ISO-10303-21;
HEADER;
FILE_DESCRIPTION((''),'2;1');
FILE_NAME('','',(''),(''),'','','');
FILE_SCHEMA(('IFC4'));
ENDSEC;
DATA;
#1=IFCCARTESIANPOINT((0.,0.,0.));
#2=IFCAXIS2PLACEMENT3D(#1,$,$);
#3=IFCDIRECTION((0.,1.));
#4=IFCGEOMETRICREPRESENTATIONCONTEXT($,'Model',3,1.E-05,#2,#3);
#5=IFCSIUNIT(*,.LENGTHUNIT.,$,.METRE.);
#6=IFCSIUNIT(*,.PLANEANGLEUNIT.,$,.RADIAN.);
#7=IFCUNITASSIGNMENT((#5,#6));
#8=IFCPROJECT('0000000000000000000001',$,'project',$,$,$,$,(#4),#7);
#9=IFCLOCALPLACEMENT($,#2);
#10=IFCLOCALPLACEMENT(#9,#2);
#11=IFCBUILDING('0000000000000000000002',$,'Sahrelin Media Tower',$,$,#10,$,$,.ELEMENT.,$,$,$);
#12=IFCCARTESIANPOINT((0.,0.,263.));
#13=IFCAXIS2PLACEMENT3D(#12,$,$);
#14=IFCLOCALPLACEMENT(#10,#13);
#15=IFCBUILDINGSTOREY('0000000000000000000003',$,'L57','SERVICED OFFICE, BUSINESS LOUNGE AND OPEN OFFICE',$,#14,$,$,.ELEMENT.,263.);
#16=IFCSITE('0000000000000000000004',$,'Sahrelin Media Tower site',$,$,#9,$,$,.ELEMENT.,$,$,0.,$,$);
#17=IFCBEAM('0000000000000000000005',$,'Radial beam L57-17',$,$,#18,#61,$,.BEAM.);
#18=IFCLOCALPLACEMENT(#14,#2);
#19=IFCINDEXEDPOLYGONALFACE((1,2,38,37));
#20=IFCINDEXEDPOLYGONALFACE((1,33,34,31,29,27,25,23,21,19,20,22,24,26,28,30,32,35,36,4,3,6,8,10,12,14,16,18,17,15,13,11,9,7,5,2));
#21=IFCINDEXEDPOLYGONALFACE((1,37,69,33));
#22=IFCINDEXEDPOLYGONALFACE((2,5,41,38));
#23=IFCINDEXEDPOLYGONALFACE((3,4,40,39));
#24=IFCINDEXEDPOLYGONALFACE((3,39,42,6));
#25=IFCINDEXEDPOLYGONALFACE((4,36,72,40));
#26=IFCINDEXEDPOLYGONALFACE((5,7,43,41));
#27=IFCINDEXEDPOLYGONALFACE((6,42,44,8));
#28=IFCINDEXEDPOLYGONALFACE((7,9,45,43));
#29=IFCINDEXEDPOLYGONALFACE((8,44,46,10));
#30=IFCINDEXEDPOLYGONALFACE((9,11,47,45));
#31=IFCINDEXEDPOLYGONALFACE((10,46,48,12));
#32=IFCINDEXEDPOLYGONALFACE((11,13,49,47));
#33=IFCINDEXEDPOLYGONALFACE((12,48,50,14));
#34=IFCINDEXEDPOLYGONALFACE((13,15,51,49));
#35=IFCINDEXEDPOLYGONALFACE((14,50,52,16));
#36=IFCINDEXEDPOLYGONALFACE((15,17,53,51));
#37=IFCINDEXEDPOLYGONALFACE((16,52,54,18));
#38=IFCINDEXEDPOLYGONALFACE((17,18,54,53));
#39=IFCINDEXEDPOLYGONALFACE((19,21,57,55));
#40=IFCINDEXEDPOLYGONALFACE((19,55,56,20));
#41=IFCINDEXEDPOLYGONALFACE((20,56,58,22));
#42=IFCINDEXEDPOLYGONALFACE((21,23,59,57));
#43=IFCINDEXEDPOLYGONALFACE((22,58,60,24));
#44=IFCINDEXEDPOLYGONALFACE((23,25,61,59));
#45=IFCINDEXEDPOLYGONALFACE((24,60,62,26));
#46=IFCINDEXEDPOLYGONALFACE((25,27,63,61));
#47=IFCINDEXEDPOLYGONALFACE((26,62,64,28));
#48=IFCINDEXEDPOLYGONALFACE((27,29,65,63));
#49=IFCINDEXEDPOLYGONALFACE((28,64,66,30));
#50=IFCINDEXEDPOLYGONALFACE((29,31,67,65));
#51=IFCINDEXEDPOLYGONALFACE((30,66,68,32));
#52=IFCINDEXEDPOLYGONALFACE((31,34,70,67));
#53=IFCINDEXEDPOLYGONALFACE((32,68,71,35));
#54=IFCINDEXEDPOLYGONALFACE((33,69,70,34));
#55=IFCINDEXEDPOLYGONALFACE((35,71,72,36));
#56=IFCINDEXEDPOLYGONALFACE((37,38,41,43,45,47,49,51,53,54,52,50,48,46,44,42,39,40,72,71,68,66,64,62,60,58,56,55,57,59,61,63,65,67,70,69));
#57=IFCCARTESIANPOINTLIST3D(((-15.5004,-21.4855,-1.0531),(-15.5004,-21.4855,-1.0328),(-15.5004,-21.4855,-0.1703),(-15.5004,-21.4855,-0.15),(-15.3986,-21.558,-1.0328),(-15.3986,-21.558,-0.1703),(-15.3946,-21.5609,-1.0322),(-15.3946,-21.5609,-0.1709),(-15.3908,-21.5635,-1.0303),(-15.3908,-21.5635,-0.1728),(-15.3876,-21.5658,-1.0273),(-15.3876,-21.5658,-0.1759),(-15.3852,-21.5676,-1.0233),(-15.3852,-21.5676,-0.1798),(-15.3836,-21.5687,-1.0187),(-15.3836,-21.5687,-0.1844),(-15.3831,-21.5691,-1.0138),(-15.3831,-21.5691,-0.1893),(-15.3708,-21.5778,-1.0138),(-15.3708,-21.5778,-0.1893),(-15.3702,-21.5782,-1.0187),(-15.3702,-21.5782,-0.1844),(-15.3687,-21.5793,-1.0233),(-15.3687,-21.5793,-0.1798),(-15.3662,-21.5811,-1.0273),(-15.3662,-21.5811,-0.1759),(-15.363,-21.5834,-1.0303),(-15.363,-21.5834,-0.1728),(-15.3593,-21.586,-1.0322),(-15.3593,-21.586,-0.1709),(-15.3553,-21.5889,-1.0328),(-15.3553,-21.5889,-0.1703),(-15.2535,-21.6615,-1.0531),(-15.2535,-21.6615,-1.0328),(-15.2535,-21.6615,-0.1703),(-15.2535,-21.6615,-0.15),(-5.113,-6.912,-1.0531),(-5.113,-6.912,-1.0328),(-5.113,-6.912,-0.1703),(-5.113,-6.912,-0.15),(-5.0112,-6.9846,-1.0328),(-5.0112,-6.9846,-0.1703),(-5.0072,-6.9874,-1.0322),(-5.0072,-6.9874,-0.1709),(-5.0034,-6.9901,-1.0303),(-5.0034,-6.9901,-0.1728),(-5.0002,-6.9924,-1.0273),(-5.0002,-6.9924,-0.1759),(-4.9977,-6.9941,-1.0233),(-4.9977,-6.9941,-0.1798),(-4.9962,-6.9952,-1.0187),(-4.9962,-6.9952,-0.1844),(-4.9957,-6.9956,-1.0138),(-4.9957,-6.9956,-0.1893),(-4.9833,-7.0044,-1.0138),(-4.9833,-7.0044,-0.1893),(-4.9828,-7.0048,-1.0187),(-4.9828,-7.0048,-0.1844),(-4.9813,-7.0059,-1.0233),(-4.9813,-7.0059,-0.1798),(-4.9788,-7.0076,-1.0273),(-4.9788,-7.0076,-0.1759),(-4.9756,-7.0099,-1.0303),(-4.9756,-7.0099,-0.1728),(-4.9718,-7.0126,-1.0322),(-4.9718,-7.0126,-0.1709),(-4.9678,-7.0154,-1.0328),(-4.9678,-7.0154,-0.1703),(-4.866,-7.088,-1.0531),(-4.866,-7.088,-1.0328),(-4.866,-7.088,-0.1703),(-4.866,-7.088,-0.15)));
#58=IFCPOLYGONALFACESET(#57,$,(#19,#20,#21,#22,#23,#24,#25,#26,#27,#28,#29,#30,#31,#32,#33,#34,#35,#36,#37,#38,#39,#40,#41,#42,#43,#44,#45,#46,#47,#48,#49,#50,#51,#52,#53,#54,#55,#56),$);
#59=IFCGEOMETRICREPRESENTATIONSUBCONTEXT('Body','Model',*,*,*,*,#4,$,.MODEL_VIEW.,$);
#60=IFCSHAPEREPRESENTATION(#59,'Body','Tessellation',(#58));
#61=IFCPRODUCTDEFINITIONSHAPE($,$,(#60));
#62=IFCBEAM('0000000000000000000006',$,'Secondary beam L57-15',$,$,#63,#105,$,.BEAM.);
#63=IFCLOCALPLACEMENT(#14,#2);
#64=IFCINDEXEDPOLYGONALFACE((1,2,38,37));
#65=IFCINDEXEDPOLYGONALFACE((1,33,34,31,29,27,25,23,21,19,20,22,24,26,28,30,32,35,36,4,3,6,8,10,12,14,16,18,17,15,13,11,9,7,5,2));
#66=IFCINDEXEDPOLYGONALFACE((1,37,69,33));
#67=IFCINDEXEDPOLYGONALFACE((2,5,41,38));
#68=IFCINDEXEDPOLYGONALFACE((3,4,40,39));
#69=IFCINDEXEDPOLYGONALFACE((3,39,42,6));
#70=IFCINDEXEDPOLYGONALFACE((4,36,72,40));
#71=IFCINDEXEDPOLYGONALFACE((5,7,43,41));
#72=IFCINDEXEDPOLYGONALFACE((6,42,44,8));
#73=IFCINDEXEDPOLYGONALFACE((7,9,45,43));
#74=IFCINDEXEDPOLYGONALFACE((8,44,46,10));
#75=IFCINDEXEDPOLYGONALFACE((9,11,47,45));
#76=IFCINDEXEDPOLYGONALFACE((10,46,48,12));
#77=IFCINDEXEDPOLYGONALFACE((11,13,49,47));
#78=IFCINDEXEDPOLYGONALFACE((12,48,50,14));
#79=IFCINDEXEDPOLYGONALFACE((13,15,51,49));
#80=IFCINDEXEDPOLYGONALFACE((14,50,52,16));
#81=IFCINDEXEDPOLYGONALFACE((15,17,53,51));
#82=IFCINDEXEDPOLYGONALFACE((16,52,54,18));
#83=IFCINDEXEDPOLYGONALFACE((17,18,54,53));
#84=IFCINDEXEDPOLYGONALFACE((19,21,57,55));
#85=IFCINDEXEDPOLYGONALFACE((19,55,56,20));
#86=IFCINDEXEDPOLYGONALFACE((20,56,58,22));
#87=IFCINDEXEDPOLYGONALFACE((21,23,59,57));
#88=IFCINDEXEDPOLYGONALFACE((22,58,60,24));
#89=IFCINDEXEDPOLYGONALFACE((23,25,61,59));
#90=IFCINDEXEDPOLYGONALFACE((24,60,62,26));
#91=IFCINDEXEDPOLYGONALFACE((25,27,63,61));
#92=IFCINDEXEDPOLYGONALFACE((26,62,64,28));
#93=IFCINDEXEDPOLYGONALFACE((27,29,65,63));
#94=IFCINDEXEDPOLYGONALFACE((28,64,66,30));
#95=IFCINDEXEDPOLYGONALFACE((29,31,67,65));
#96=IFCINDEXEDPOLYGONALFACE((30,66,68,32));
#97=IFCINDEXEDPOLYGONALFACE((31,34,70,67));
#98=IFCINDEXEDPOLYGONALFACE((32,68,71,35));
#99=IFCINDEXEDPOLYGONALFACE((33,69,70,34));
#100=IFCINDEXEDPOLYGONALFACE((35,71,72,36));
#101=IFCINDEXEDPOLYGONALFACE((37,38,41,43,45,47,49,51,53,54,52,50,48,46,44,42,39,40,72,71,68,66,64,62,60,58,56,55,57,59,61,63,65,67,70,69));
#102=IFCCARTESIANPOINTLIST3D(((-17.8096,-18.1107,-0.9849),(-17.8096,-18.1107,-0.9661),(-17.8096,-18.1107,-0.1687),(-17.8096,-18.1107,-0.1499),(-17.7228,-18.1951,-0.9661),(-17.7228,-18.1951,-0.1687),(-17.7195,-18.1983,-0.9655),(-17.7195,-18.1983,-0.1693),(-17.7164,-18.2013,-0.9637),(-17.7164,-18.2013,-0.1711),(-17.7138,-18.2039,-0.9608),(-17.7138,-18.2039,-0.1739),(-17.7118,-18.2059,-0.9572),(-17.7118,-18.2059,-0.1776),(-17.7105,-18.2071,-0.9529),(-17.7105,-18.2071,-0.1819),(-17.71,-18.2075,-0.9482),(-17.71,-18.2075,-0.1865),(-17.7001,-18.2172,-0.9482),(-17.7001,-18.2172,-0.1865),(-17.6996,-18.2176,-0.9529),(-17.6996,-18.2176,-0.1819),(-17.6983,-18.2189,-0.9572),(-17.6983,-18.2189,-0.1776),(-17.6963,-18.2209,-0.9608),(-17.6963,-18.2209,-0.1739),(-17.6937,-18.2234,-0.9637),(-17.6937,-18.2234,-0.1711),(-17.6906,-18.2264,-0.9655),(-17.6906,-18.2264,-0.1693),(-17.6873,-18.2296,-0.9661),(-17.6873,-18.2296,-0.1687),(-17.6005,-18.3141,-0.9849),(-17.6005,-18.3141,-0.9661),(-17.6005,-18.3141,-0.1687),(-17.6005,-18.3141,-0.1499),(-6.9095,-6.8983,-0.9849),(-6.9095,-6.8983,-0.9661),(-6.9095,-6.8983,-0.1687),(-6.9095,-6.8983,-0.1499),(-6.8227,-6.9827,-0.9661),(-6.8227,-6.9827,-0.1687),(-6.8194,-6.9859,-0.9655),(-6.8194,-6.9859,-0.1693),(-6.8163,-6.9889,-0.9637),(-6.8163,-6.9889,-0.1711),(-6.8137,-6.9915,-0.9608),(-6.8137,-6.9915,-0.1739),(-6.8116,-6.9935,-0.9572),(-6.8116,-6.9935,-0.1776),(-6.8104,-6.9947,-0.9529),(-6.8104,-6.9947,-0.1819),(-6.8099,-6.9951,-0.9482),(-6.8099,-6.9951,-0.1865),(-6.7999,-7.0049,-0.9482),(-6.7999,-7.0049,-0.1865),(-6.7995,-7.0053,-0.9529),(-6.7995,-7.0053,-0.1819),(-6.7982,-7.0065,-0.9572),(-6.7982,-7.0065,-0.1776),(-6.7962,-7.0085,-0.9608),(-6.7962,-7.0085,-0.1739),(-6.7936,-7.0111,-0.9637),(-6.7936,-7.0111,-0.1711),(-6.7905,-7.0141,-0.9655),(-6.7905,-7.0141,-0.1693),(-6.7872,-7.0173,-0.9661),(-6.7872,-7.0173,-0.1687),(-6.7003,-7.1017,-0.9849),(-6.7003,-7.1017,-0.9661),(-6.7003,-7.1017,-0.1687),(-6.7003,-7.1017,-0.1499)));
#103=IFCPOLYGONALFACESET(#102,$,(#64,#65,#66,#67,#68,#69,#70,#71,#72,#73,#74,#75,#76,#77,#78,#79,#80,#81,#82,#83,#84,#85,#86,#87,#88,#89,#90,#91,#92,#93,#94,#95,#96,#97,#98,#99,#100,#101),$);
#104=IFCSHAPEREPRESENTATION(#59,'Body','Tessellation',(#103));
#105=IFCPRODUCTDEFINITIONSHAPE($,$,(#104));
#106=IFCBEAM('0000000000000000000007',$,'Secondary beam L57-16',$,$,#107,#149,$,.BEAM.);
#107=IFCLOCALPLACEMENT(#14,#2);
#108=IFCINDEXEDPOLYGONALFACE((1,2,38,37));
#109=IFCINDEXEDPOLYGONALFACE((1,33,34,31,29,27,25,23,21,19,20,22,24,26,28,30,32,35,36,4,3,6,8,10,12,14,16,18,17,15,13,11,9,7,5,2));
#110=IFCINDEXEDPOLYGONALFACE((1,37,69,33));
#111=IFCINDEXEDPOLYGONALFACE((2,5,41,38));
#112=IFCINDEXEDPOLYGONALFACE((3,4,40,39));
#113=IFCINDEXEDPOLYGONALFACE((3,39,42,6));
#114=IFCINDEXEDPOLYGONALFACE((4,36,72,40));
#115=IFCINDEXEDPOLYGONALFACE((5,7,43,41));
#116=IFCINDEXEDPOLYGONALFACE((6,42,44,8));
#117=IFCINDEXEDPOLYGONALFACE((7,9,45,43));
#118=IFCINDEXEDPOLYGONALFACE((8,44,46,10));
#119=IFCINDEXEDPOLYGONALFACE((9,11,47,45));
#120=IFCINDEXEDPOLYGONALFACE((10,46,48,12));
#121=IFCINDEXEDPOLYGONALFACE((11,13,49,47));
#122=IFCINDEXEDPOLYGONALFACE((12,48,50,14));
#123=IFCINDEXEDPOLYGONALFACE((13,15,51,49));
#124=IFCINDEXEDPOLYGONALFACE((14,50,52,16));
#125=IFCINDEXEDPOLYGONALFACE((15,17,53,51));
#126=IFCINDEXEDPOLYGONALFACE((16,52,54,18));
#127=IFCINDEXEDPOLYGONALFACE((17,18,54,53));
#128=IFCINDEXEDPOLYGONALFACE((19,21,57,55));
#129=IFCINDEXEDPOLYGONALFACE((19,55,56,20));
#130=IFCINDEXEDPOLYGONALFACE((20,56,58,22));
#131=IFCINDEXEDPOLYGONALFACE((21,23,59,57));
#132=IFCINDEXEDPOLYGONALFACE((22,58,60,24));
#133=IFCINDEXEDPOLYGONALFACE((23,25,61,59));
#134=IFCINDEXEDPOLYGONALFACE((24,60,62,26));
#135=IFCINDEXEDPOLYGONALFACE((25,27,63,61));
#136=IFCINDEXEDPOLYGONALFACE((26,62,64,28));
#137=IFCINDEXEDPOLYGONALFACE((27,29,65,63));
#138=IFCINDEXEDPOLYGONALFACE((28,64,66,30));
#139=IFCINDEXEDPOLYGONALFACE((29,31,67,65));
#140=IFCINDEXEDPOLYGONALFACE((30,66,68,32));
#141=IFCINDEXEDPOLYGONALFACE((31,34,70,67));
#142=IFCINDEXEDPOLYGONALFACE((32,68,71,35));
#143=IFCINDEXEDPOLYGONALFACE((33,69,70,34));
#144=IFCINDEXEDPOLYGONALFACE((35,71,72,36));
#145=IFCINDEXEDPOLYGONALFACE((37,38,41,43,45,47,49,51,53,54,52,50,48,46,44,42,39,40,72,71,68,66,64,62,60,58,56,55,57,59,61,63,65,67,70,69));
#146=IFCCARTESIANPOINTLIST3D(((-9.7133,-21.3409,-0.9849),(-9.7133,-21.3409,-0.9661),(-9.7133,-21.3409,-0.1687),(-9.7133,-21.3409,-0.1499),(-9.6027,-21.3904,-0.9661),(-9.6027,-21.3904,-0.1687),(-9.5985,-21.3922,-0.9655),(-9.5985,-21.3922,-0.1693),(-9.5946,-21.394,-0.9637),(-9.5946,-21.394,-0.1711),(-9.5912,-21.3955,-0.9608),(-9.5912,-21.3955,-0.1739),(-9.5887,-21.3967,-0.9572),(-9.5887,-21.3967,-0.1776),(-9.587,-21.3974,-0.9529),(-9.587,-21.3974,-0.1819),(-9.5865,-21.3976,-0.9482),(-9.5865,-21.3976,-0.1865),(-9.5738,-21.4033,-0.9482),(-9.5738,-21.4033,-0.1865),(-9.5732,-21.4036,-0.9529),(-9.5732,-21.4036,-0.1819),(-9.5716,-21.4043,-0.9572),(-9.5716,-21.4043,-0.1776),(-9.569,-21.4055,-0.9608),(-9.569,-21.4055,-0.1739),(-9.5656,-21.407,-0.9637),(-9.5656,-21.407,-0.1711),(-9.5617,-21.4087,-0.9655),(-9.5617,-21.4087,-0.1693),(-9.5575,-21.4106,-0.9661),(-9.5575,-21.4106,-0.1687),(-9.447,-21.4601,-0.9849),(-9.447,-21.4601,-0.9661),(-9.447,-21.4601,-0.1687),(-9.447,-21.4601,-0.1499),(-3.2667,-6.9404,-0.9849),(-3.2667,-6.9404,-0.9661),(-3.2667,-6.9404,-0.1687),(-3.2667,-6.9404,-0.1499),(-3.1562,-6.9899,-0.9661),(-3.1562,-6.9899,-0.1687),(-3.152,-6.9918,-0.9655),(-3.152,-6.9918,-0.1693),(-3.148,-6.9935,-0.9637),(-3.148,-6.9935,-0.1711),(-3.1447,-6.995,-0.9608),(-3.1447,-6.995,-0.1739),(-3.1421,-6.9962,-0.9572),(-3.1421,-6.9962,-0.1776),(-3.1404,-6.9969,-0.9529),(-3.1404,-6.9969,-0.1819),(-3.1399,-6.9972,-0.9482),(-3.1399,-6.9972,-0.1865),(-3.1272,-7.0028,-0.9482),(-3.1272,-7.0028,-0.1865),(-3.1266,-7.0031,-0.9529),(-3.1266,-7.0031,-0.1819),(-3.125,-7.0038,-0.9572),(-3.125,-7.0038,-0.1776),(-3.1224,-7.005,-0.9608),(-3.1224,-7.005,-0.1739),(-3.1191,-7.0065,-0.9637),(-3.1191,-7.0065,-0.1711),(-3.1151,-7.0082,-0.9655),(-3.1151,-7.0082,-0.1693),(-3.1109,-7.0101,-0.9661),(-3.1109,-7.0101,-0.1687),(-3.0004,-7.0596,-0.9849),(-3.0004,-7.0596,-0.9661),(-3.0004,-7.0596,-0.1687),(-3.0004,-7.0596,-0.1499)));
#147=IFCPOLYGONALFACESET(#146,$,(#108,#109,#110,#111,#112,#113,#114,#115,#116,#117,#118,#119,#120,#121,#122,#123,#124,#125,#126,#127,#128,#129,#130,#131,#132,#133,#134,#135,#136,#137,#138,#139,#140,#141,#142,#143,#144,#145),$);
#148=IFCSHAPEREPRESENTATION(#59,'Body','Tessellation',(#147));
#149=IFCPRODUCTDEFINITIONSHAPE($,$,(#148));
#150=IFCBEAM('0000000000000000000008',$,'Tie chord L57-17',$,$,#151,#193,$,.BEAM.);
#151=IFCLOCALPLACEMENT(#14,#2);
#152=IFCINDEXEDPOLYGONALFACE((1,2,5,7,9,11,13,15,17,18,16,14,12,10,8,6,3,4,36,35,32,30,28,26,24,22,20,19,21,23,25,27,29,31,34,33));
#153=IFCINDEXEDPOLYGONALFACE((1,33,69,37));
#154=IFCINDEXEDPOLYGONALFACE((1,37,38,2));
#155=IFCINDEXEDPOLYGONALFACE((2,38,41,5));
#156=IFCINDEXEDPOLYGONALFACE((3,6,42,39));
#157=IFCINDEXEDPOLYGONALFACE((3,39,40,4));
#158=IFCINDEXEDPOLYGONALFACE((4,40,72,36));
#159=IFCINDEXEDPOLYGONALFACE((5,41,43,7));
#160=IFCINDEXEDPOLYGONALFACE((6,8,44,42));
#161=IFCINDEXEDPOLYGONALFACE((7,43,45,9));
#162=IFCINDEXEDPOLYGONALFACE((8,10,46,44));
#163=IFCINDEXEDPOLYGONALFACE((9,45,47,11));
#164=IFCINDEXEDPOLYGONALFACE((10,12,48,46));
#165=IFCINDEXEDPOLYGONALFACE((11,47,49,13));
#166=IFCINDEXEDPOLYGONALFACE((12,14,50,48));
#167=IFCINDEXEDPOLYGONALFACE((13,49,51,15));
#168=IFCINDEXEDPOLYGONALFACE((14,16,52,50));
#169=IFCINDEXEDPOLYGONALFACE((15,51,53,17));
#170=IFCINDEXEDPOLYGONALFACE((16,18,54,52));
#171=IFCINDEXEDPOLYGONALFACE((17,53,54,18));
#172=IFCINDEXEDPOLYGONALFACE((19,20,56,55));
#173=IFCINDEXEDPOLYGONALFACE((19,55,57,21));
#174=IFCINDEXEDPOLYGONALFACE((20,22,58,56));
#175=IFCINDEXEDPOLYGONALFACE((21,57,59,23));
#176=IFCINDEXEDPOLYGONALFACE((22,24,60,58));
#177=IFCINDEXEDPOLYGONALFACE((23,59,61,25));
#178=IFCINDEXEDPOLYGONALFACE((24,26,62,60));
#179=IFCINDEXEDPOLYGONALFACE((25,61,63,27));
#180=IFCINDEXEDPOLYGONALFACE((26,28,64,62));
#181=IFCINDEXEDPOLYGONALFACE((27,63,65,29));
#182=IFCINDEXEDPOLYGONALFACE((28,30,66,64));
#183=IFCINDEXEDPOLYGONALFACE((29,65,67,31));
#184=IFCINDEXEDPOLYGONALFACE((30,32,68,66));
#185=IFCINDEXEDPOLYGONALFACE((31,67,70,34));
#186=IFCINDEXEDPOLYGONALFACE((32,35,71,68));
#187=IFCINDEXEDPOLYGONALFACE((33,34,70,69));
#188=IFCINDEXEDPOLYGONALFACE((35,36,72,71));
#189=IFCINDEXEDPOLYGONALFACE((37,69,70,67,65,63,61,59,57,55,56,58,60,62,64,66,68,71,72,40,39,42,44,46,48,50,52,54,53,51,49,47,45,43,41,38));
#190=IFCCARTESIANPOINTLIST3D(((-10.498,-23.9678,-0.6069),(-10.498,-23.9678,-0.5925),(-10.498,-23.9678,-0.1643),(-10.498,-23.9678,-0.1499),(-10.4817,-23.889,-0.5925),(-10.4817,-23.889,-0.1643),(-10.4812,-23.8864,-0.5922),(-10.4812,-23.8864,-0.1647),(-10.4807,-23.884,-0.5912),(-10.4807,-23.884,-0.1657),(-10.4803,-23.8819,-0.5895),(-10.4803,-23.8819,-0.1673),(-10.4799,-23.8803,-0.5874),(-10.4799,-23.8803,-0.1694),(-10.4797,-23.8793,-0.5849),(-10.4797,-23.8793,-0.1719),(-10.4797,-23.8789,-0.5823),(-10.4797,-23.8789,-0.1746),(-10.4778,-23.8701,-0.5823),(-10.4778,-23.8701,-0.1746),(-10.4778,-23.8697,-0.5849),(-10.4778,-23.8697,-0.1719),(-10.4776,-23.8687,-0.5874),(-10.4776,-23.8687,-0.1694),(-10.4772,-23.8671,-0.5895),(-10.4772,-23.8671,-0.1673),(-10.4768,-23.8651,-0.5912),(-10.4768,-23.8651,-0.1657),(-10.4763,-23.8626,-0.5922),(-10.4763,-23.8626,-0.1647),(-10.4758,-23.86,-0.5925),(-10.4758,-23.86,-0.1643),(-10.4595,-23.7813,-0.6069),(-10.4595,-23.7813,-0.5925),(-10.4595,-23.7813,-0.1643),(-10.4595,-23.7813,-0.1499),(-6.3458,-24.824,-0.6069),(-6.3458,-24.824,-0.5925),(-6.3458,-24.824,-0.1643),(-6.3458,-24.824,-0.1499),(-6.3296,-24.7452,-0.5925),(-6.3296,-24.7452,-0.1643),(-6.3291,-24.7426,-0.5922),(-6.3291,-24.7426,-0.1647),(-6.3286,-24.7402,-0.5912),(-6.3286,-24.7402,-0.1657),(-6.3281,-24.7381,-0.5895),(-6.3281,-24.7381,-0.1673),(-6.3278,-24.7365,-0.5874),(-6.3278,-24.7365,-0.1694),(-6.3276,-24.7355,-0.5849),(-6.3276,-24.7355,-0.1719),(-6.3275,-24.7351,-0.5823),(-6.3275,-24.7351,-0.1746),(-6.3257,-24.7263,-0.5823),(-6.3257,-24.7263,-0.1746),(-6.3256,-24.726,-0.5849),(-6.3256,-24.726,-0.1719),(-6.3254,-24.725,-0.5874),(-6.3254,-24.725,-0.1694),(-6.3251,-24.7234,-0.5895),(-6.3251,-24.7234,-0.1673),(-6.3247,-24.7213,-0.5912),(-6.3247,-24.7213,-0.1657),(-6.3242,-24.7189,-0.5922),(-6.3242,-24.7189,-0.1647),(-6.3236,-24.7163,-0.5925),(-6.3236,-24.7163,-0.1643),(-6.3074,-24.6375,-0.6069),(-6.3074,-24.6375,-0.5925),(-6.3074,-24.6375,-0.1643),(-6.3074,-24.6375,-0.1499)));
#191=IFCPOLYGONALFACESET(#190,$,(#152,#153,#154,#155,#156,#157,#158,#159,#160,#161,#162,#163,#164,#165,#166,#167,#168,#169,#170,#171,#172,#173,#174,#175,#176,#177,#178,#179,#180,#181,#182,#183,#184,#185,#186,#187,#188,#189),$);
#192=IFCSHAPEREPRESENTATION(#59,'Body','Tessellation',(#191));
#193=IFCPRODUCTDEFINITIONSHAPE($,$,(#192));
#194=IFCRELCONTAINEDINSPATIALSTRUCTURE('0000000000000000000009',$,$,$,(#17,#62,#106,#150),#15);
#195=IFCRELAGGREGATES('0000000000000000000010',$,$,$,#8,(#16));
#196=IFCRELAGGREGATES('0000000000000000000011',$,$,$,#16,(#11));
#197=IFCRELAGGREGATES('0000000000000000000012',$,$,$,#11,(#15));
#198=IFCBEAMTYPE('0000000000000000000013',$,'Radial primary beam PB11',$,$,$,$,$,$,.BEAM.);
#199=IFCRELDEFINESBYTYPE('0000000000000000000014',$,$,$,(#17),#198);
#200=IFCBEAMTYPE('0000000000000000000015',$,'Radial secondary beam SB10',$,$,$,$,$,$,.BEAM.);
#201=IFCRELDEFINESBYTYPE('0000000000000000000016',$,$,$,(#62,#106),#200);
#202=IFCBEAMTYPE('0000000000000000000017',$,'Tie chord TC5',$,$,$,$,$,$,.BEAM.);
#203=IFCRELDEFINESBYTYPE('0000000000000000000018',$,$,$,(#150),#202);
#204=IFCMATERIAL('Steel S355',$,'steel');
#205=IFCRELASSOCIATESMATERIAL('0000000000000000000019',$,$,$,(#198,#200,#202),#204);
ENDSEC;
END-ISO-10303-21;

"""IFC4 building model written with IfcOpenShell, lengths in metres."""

from ifc_helpers import new_model, si_unit, direction, frame, origin, origin_2d, place, context, subcontext, project, spatial, i_section, extrude, material, material_profile, profile_set, type_object, element, save


model = new_model("IFC4")

# Units and contexts
model_context = context("Model", 3, precision=1e-05, world=origin(), true_north=direction((0.0, 1.0)))
body_context = subcontext(model_context, "Body", "Model", "MODEL_VIEW")
ifc_project = project(units=[si_unit("LENGTHUNIT", "METRE"), si_unit("PLANEANGLEUNIT", "RADIAN")], contexts=[model_context])

# Site, building, storey
site_placement = place(None, origin())
site = spatial("IfcSite", under=ifc_project, at=site_placement, Name="Sahrelin Media Tower site", CompositionType="ELEMENT", RefElevation=0.0)
building_placement = place(site_placement, origin())
building = spatial("IfcBuilding", under=site, at=building_placement, Name="Sahrelin Media Tower", CompositionType="ELEMENT")
storey_placement = place(building_placement, frame((0.0, 0.0, 263.0)))
storey = spatial("IfcBuildingStorey", under=building, at=storey_placement, Name="L57", Description="SERVICED OFFICE, BUSINESS LOUNGE AND OPEN OFFICE", CompositionType="ELEMENT", Elevation=263.0)

# Shared definitions
ifc_material_1 = material(Name="Steel S355", Category="steel")

# Beams
ifc_material_profile_1 = material_profile(ifc_material_1, i_section(OverallWidth=0.3032, OverallDepth=0.9031, WebThickness=0.0151, FlangeThickness=0.0203, FilletRadius=0.019, at=origin_2d()), Name="UB 914x305x201")
ifc_profile_set_1 = profile_set([ifc_material_profile_1], Name="Steel S355")
beam_type_1 = type_object("IfcBeamType", Name="Radial primary beam PB11", PredefinedType="BEAM", material=ifc_profile_set_1)
beam_1_placement = place(storey_placement, frame((-4.9895, -7.0, -0.6016), z_axis=(-0.580417, -0.814319, 0.0), x_axis=(0.814319, -0.580417, 0.0)))
element("IfcBeam", 1, at=beam_1_placement, inside=storey, type_object=beam_type_1, Name="Radial beam L57-17", PredefinedType="BEAM", context=body_context, shape_type="SweptSolid", body=[
    extrude(i_section(OverallWidth=0.3032, OverallDepth=0.9031, WebThickness=0.0151, FlangeThickness=0.0203, FilletRadius=0.019, at=origin_2d()), origin(), (0.0, 0.0, 1.0), 17.8965),
])
ifc_material_profile_2 = material_profile(ifc_material_1, i_section(OverallWidth=0.2917, OverallDepth=0.835, WebThickness=0.0139, FlangeThickness=0.0188, FilletRadius=0.0178, at=origin_2d()), Name="UB 838x292x176")
ifc_profile_set_2 = profile_set([ifc_material_profile_2], Name="Steel S355")
beam_type_2 = type_object("IfcBeamType", Name="Radial secondary beam SB10", PredefinedType="BEAM", material=ifc_profile_set_2)
beam_2_placement = place(storey_placement, frame((-6.8049, -7.0, -0.5674), z_axis=(-0.697052, -0.71702, 0.0), x_axis=(0.71702, -0.697052, 0.0)))
element("IfcBeam", 2, at=beam_2_placement, inside=storey, type_object=beam_type_2, Name="Secondary beam L57-15", PredefinedType="BEAM", context=body_context, shape_type="SweptSolid", body=[
    extrude(i_section(OverallWidth=0.2917, OverallDepth=0.835, WebThickness=0.0139, FlangeThickness=0.0188, FilletRadius=0.0178, at=origin_2d()), origin(), (0.0, 0.0, 1.0), 15.6375),
])
beam_3_placement = place(storey_placement, frame((-3.1335, -7.0, -0.5674), z_axis=(-0.408591, -0.912718, 0.0), x_axis=(0.912718, -0.408591, 0.0)))
element("IfcBeam", 3, at=beam_3_placement, inside=storey, type_object=beam_type_2, Name="Secondary beam L57-16", PredefinedType="BEAM", context=body_context, shape_type="SweptSolid", body=[
    extrude(i_section(OverallWidth=0.2917, OverallDepth=0.835, WebThickness=0.0139, FlangeThickness=0.0188, FilletRadius=0.0178, at=origin_2d()), origin(), (0.0, 0.0, 1.0), 15.7776),
])
ifc_material_profile_3 = material_profile(ifc_material_1, i_section(OverallWidth=0.1904, OverallDepth=0.457, WebThickness=0.009, FlangeThickness=0.0144, FilletRadius=0.0103, at=origin_2d()), Name="UB 457x191x74")
ifc_profile_set_3 = profile_set([ifc_material_profile_3], Name="Steel S355")
beam_type_3 = type_object("IfcBeamType", Name="Tie chord TC5", PredefinedType="BEAM", material=ifc_profile_set_3)
beam_4_placement = place(storey_placement, frame((-10.4788, -23.8745, -0.3784), z_axis=(0.979394, -0.20196, 0.0), x_axis=(0.20196, 0.979394, 0.0)))
element("IfcBeam", 4, at=beam_4_placement, inside=storey, type_object=beam_type_3, Name="Tie chord L57-17", PredefinedType="BEAM", context=body_context, shape_type="SweptSolid", body=[
    extrude(i_section(OverallWidth=0.1904, OverallDepth=0.457, WebThickness=0.009, FlangeThickness=0.0144, FilletRadius=0.0103, at=origin_2d()), origin(), (0.0, 0.0, 1.0), 4.2395),
])

save(model, "model.ifc")
